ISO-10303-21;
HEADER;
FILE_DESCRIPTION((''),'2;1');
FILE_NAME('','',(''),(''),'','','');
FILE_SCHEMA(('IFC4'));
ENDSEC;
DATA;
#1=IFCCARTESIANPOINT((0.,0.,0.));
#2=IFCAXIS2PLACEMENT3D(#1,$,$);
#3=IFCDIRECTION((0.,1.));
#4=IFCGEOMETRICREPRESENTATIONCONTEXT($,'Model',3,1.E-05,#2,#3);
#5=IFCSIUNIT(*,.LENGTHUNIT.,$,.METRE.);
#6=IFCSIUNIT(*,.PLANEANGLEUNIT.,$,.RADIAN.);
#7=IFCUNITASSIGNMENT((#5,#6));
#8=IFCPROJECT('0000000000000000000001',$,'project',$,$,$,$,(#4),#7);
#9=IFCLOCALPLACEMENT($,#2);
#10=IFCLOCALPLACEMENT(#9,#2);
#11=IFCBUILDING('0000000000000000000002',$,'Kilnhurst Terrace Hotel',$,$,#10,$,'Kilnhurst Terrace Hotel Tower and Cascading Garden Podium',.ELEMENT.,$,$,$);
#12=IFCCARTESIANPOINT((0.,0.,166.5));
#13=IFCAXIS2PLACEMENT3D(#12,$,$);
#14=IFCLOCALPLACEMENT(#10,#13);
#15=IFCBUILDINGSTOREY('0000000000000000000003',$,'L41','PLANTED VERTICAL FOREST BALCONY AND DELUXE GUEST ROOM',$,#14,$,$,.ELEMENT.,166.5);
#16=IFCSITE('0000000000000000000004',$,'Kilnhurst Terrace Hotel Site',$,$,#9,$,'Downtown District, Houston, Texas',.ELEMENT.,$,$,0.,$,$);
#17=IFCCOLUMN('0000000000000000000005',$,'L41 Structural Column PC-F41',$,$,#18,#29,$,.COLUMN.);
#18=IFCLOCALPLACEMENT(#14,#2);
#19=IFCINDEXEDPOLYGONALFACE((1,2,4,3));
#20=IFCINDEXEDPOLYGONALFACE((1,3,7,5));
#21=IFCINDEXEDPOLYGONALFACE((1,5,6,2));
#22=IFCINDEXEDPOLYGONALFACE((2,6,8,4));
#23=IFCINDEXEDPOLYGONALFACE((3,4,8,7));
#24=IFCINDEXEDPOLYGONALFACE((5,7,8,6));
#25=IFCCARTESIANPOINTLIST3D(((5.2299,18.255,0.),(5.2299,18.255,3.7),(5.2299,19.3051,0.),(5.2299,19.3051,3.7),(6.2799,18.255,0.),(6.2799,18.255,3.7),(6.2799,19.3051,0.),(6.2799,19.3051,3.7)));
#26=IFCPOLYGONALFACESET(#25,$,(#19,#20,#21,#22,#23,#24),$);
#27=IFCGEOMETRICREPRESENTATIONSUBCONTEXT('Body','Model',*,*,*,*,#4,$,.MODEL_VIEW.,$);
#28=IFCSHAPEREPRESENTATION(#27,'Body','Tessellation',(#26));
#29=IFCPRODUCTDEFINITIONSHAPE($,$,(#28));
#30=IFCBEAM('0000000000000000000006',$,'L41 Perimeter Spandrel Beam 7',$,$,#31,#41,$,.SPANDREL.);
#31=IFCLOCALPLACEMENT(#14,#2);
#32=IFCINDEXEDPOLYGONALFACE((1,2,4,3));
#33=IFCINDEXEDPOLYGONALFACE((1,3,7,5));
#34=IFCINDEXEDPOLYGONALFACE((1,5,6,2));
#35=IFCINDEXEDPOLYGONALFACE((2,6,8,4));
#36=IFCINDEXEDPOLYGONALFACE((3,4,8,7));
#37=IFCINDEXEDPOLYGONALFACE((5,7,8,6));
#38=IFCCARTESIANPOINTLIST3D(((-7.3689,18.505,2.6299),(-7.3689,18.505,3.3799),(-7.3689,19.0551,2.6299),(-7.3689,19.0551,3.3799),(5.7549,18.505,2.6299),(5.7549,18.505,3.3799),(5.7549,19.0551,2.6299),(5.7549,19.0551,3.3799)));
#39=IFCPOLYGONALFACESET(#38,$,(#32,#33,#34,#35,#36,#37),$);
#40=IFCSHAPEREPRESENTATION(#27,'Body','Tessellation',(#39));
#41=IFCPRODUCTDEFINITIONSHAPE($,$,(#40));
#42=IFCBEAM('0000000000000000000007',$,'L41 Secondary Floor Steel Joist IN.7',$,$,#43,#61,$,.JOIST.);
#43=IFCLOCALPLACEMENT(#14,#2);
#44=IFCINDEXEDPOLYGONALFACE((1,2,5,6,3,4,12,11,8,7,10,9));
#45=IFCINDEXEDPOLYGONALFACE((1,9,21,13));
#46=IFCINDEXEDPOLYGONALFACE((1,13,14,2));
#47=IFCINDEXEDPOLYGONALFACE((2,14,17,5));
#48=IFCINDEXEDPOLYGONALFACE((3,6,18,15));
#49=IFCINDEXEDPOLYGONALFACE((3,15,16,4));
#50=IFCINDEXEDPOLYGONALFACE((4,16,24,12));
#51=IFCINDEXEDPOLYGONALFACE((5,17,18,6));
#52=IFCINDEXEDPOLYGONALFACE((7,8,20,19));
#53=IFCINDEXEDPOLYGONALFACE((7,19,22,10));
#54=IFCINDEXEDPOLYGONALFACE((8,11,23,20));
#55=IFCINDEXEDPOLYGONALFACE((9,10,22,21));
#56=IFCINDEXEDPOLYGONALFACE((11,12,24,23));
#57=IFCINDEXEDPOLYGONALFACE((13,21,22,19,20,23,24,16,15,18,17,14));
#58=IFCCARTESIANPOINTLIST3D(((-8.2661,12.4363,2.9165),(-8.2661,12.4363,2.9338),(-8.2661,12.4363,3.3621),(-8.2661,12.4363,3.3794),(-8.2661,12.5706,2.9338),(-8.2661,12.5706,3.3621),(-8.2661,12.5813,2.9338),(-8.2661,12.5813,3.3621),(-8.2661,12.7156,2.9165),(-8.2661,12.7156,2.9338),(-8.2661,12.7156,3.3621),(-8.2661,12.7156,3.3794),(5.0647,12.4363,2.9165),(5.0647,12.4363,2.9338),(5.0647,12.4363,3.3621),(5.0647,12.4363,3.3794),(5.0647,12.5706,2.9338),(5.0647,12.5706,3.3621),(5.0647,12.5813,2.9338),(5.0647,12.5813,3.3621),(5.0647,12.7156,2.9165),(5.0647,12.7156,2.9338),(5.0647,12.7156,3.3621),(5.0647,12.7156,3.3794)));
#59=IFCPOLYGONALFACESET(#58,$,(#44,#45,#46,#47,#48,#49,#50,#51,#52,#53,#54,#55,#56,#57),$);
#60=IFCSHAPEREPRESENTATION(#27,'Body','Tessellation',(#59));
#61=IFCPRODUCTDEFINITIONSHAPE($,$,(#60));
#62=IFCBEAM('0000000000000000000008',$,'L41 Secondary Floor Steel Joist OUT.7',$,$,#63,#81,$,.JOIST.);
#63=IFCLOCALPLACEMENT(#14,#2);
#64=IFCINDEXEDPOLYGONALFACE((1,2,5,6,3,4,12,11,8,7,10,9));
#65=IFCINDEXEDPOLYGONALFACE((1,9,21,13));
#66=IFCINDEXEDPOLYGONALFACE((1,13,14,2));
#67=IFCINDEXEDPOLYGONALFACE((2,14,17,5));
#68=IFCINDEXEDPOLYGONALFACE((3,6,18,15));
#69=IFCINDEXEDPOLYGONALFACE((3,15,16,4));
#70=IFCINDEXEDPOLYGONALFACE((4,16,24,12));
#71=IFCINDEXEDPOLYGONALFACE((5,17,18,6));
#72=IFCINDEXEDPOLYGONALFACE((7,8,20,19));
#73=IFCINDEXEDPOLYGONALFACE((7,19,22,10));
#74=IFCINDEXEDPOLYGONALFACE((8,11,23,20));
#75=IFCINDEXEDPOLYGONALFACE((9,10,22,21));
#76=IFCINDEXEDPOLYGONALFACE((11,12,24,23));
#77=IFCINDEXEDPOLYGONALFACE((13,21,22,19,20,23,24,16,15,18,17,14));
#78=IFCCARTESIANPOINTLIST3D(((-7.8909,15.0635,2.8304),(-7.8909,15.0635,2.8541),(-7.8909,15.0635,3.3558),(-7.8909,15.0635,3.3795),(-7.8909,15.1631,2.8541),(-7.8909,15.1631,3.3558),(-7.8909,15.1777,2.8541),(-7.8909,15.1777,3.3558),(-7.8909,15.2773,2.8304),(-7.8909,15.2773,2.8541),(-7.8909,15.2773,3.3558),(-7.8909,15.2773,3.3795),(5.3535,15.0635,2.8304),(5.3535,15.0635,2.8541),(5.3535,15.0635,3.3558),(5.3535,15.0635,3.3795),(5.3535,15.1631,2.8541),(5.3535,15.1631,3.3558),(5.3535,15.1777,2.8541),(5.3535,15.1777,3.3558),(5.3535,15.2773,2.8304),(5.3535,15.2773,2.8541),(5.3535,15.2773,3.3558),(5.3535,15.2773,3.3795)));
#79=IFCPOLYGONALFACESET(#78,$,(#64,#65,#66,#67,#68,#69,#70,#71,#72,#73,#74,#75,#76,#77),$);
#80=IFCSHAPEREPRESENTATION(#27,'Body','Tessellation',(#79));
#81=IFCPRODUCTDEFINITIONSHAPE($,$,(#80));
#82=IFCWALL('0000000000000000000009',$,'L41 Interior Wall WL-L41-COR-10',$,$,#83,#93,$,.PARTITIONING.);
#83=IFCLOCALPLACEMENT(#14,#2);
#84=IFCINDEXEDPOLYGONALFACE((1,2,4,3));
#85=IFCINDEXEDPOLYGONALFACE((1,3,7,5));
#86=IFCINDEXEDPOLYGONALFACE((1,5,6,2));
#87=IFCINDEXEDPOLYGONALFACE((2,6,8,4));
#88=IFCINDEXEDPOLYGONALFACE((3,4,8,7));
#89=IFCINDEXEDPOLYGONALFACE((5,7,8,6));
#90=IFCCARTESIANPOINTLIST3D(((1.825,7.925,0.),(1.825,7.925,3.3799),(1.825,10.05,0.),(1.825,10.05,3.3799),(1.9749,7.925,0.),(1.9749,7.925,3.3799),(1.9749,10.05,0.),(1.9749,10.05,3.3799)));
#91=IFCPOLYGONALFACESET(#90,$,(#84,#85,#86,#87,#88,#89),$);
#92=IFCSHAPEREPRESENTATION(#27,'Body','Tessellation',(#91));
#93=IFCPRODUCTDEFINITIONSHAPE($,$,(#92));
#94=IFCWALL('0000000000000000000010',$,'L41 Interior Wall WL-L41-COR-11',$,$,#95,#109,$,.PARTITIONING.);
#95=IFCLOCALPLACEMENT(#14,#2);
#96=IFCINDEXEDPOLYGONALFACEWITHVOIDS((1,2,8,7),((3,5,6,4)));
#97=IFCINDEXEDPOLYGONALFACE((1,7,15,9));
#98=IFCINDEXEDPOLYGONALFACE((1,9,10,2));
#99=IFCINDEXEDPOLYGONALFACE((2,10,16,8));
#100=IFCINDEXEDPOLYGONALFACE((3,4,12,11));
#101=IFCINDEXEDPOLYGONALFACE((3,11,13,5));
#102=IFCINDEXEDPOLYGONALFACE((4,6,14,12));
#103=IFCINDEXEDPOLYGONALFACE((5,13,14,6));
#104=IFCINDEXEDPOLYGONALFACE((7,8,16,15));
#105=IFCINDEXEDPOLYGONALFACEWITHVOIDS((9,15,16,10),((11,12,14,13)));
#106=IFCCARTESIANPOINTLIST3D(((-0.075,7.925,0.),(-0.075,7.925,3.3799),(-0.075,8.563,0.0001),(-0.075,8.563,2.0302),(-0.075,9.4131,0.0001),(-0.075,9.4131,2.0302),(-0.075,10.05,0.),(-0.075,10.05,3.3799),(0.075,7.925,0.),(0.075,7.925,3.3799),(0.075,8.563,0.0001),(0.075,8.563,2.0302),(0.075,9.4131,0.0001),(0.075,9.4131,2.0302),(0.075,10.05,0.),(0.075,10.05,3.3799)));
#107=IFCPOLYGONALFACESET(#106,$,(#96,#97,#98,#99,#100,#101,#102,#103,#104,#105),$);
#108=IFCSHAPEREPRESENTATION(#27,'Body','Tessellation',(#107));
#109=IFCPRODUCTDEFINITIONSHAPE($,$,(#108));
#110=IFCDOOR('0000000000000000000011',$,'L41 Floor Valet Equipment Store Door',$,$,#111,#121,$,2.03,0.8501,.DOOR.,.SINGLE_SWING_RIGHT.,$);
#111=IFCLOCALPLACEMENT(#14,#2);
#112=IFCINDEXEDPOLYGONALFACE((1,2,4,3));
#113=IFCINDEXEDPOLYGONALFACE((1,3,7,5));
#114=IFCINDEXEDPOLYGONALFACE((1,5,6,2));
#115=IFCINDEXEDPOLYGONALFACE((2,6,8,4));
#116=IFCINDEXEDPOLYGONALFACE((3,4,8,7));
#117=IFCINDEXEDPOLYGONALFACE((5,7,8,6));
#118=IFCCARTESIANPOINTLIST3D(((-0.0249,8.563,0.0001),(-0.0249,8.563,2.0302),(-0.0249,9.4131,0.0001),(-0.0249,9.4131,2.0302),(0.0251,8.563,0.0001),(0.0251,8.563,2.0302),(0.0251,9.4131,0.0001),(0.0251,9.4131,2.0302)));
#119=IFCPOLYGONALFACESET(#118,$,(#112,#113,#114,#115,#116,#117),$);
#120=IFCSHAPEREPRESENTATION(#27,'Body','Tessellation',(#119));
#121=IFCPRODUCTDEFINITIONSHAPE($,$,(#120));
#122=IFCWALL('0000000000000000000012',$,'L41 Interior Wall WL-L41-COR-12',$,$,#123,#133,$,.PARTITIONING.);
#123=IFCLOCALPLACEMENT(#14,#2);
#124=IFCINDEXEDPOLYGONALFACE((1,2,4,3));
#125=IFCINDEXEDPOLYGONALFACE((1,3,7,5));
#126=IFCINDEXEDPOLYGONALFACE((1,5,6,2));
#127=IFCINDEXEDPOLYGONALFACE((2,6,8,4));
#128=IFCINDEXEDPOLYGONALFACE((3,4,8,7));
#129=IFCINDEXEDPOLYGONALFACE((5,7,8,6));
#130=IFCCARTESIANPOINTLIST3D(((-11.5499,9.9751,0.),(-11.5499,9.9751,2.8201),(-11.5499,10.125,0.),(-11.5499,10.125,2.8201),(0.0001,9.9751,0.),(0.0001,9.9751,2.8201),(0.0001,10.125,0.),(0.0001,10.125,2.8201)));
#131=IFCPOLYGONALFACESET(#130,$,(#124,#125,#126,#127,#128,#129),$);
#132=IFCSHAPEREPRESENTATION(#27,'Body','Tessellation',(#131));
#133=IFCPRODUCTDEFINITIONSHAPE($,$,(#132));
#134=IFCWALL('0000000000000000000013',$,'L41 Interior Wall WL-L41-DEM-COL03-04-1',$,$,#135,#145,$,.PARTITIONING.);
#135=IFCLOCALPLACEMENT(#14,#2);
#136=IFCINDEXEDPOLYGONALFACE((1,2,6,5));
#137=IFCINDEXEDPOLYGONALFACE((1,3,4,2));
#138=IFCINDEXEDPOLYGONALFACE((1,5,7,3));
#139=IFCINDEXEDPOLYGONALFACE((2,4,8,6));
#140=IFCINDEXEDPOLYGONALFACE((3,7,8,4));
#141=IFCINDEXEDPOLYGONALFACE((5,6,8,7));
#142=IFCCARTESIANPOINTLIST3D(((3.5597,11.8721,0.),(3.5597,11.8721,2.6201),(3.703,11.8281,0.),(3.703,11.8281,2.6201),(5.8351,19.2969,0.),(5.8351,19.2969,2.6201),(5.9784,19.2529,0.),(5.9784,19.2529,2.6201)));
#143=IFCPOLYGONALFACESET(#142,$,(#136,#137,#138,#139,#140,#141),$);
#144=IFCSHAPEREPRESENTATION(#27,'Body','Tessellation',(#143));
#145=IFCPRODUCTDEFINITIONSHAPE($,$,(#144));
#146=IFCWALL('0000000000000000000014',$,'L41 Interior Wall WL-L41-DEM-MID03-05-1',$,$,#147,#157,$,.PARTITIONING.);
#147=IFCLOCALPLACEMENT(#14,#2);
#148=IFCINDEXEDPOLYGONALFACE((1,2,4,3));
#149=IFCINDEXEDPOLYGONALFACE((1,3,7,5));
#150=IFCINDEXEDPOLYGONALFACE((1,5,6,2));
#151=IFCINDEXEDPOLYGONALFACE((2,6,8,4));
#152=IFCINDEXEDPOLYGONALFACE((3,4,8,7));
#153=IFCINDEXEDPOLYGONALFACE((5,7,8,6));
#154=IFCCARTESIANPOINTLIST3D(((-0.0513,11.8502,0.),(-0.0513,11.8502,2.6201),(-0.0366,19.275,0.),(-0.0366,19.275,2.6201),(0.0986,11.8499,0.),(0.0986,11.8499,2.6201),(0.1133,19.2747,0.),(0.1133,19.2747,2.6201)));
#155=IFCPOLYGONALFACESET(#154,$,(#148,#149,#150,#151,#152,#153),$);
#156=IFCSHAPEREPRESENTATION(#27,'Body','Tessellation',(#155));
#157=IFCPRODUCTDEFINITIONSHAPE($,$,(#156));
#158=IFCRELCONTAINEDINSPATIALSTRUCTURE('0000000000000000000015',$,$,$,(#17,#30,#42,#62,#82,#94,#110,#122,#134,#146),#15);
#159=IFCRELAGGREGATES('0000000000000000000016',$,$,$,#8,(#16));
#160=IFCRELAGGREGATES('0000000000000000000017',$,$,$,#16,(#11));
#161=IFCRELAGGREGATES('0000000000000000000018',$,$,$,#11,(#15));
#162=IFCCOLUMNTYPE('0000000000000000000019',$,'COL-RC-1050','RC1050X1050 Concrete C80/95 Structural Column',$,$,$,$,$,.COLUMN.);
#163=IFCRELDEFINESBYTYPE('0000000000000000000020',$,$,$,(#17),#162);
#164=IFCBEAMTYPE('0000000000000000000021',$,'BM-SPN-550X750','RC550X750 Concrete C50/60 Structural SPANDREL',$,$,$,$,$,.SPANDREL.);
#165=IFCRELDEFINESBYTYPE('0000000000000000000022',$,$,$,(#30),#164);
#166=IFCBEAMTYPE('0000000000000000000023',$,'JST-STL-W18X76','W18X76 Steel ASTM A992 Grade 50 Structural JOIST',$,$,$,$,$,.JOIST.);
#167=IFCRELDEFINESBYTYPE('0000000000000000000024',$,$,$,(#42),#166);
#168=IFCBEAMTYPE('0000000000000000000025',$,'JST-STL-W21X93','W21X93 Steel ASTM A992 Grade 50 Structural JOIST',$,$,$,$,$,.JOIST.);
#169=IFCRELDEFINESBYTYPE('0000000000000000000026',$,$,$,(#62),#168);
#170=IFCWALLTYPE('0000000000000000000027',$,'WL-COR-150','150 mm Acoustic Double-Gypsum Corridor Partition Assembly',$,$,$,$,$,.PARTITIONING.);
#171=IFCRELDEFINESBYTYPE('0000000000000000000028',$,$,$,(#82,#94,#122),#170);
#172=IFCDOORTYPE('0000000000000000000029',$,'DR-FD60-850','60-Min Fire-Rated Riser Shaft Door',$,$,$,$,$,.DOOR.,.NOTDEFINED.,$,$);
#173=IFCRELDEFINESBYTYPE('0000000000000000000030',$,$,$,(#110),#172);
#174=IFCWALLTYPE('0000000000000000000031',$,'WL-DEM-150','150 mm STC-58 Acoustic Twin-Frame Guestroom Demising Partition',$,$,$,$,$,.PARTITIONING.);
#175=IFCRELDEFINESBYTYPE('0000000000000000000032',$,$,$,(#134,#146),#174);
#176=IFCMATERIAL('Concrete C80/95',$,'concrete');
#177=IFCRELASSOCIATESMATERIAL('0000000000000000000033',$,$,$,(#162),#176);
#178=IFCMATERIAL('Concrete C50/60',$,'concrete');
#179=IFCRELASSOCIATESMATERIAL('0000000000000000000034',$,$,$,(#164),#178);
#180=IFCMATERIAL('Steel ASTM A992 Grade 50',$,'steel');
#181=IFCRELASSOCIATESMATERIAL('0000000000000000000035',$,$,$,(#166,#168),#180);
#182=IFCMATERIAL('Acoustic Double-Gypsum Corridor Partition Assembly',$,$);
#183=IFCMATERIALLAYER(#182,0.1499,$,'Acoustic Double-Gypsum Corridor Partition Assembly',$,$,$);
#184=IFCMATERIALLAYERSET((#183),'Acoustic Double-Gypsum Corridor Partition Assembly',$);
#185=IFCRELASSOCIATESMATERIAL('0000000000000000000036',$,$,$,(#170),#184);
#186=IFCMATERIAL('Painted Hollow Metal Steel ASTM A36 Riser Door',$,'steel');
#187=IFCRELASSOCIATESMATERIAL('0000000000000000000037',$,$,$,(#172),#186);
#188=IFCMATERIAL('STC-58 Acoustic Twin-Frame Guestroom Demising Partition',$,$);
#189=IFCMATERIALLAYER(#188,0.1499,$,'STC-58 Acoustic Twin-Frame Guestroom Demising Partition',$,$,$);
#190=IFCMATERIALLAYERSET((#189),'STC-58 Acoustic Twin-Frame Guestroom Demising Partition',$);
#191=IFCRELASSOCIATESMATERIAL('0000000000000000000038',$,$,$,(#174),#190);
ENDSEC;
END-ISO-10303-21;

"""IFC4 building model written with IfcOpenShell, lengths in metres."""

from ifc_helpers import new_model, si_unit, direction, frame, frame_2d, origin, origin_2d, place, context, subcontext, project, spatial, rectangle, i_section, extrude, material, layer, layer_set, material_profile, profile_set, type_object, element, fill, save


model = new_model("IFC4")

# Units and contexts
model_context = context("Model", 3, precision=1e-05, world=origin(), true_north=direction((0.0, 1.0)))
body_context = subcontext(model_context, "Body", "Model", "MODEL_VIEW")
ifc_project = project(units=[si_unit("LENGTHUNIT", "METRE"), si_unit("PLANEANGLEUNIT", "RADIAN")], contexts=[model_context])

# Site, building, storey
site_placement = place(None, origin())
site = spatial("IfcSite", under=ifc_project, at=site_placement, Name="Kilnhurst Terrace Hotel Site", LongName="Downtown District, Houston, Texas", CompositionType="ELEMENT", RefElevation=0.0)
building_placement = place(site_placement, origin())
building = spatial("IfcBuilding", under=site, at=building_placement, Name="Kilnhurst Terrace Hotel", LongName="Kilnhurst Terrace Hotel Tower and Cascading Garden Podium", CompositionType="ELEMENT")
storey_placement = place(building_placement, frame((0.0, 0.0, 166.5)))
storey = spatial("IfcBuildingStorey", under=building, at=storey_placement, Name="L41", Description="PLANTED VERTICAL FOREST BALCONY AND DELUXE GUEST ROOM", CompositionType="ELEMENT", Elevation=166.5)

# Column
ifc_material_1 = material(Name="Concrete C80/95", Category="concrete")
ifc_material_profile_1 = material_profile(ifc_material_1, rectangle(XDim=1.05, YDim=1.05, at=origin_2d()), Name="RC1050X1050")
ifc_profile_set_1 = profile_set([ifc_material_profile_1], Name="Concrete C80/95")
column_type = type_object("IfcColumnType", Name="COL-RC-1050", Description="RC1050X1050 Concrete C80/95 Structural Column", PredefinedType="COLUMN", material=ifc_profile_set_1)
column_placement = place(storey_placement, frame((5.7549, 18.78, 0.0), z_axis=(0.0, 0.0, 1.0), x_axis=(1.0, 0.0, 0.0)))
element("IfcColumn", 1, at=column_placement, inside=storey, type_object=column_type, Name="L41 Structural Column PC-F41", PredefinedType="COLUMN", context=body_context, shape_type="SweptSolid", body=[
    extrude(rectangle(XDim=1.05, YDim=1.05, at=origin_2d()), origin(), (0.0, 0.0, 1.0), 3.7),
])

# Beams
ifc_material_2 = material(Name="Concrete C50/60", Category="concrete")
ifc_material_profile_2 = material_profile(ifc_material_2, rectangle(XDim=0.55, YDim=0.75, at=origin_2d()), Name="RC550X750")
ifc_profile_set_2 = profile_set([ifc_material_profile_2], Name="Concrete C50/60")
beam_type_1 = type_object("IfcBeamType", Name="BM-SPN-550X750", Description="RC550X750 Concrete C50/60 Structural SPANDREL", PredefinedType="SPANDREL", material=ifc_profile_set_2)
beam_1_placement = place(storey_placement, frame((5.7549, 18.78, 3.0049), z_axis=(-1.0, 0.0, 0.0), x_axis=(0.0, -1.0, 0.0)))
element("IfcBeam", 2, at=beam_1_placement, inside=storey, type_object=beam_type_1, Name="L41 Perimeter Spandrel Beam 7", PredefinedType="SPANDREL", context=body_context, shape_type="SweptSolid", body=[
    extrude(rectangle(XDim=0.55, YDim=0.75, at=origin_2d()), origin(), (0.0, 0.0, 1.0), 13.1238),
])
ifc_material_3 = material(Name="Steel ASTM A992 Grade 50", Category="steel")
ifc_material_profile_3 = material_profile(ifc_material_3, i_section(OverallWidth=0.2793, OverallDepth=0.4629, WebThickness=0.0107, FlangeThickness=0.0173, at=origin_2d()), Name="W18X76")
ifc_profile_set_3 = profile_set([ifc_material_profile_3], Name="Steel ASTM A992 Grade 50")
beam_type_2 = type_object("IfcBeamType", Name="JST-STL-W18X76", Description="W18X76 Steel ASTM A992 Grade 50 Structural JOIST", PredefinedType="JOIST", material=ifc_profile_set_3)
beam_2_placement = place(storey_placement, frame((5.0647, 12.5759, 3.1479), z_axis=(-1.0, 0.0, 0.0), x_axis=(0.0, -1.0, 0.0)))
element("IfcBeam", 3, at=beam_2_placement, inside=storey, type_object=beam_type_2, Name="L41 Secondary Floor Steel Joist IN.7", PredefinedType="JOIST", context=body_context, shape_type="SweptSolid", body=[
    extrude(i_section(OverallWidth=0.2793, OverallDepth=0.4629, WebThickness=0.0107, FlangeThickness=0.0173, at=origin_2d()), origin(), (0.0, 0.0, 1.0), 13.3308),
])
ifc_material_profile_4 = material_profile(ifc_material_3, i_section(OverallWidth=0.2139, OverallDepth=0.5491, WebThickness=0.0146, FlangeThickness=0.0237, at=origin_2d()), Name="W21X93")
ifc_profile_set_4 = profile_set([ifc_material_profile_4], Name="Steel ASTM A992 Grade 50")
beam_type_3 = type_object("IfcBeamType", Name="JST-STL-W21X93", Description="W21X93 Steel ASTM A992 Grade 50 Structural JOIST", PredefinedType="JOIST", material=ifc_profile_set_4)
beam_3_placement = place(storey_placement, frame((5.3535, 15.1704, 3.105), z_axis=(-1.0, 0.0, 0.0), x_axis=(0.0, -1.0, 0.0)))
element("IfcBeam", 4, at=beam_3_placement, inside=storey, type_object=beam_type_3, Name="L41 Secondary Floor Steel Joist OUT.7", PredefinedType="JOIST", context=body_context, shape_type="SweptSolid", body=[
    extrude(i_section(OverallWidth=0.2139, OverallDepth=0.5491, WebThickness=0.0146, FlangeThickness=0.0237, at=origin_2d()), origin(), (0.0, 0.0, 1.0), 13.2444),
])

# Wall
ifc_material_4 = material(Name="Acoustic Double-Gypsum Corridor Partition Assembly")
ifc_layer_1 = layer(ifc_material_4, 0.1499, Name="Acoustic Double-Gypsum Corridor Partition Assembly")
ifc_layer_set_1 = layer_set([ifc_layer_1], Name="Acoustic Double-Gypsum Corridor Partition Assembly")
wall_type_1 = type_object("IfcWallType", Name="WL-COR-150", Description="150 mm Acoustic Double-Gypsum Corridor Partition Assembly", PredefinedType="PARTITIONING", material=ifc_layer_set_1)
wall_1_placement = place(storey_placement, frame((1.8999, 10.05, 0.0), z_axis=(0.0, 0.0, 1.0), x_axis=(0.0, -1.0, 0.0)))
element("IfcWall", 5, at=wall_1_placement, inside=storey, type_object=wall_type_1, Name="L41 Interior Wall WL-L41-COR-10", PredefinedType="PARTITIONING", context=body_context, shape_type="SweptSolid", body=[
    extrude(rectangle(XDim=2.125, YDim=0.1499, at=frame_2d((1.0625, 0.0))), origin(), (0.0, 0.0, 1.0), 3.3799),
])

# Wall, opening, door
wall_2_placement = place(storey_placement, frame((0.0, 7.925, 0.0), z_axis=(0.0, 0.0, 1.0), x_axis=(0.0, 1.0, 0.0)))
wall_2 = element("IfcWall", 6, at=wall_2_placement, inside=storey, type_object=wall_type_1, Name="L41 Interior Wall WL-L41-COR-11", PredefinedType="PARTITIONING", context=body_context, shape_type="SweptSolid", body=[
    extrude(rectangle(XDim=2.125, YDim=0.1499, at=frame_2d((1.0625, 0.0))), origin(), (0.0, 0.0, 1.0), 3.3799),
])
opening_1_placement = place(wall_2_placement, frame((0.6379, 0.0, 0.0)))
opening_1 = element("IfcOpeningElement", 7, at=opening_1_placement, cuts=wall_2, PredefinedType="OPENING", context=body_context, shape_type="SweptSolid", body=[
    extrude(rectangle(XDim=0.8501, YDim=2.03, at=frame_2d((0.425, 1.0151))), frame((0.0, 0.085, 0.0), z_axis=(0.0, -1.0, 0.0), x_axis=(1.0, 0.0, 0.0)), (0.0, 0.0, 1.0), 0.1699),
])
ifc_material_5 = material(Name="Painted Hollow Metal Steel ASTM A36 Riser Door", Category="steel")
door_type_1 = type_object("IfcDoorType", Name="DR-FD60-850", Description="60-Min Fire-Rated Riser Shaft Door", OperationType="NOTDEFINED", PredefinedType="DOOR", material=ifc_material_5)
door_1_placement = place(opening_1_placement, origin())
door_1 = element("IfcDoor", 8, at=door_1_placement, inside=storey, type_object=door_type_1, Name="L41 Floor Valet Equipment Store Door", OperationType="SINGLE_SWING_RIGHT", OverallHeight=2.03, OverallWidth=0.8501, PredefinedType="DOOR", context=body_context, shape_type="SweptSolid", body=[
    extrude(rectangle(XDim=0.8501, YDim=2.03, at=frame_2d((0.425, 1.0151))), frame((0.0, 0.0249, 0.0), z_axis=(0.0, -1.0, 0.0), x_axis=(1.0, 0.0, 0.0)), (0.0, 0.0, 1.0), 0.05),
])
fill(opening_1, door_1)

# Walls
wall_3_placement = place(storey_placement, frame((0.0, 10.05, 0.0), z_axis=(0.0, 0.0, 1.0), x_axis=(-1.0, 0.0, 0.0)))
element("IfcWall", 9, at=wall_3_placement, inside=storey, type_object=wall_type_1, Name="L41 Interior Wall WL-L41-COR-12", PredefinedType="PARTITIONING", context=body_context, shape_type="SweptSolid", body=[
    extrude(rectangle(XDim=11.55, YDim=0.1499, at=frame_2d((5.7749, 0.0))), origin(), (0.0, 0.0, 1.0), 2.8201),
])
ifc_material_6 = material(Name="STC-58 Acoustic Twin-Frame Guestroom Demising Partition")
ifc_layer_2 = layer(ifc_material_6, 0.1499, Name="STC-58 Acoustic Twin-Frame Guestroom Demising Partition")
ifc_layer_set_2 = layer_set([ifc_layer_2], Name="STC-58 Acoustic Twin-Frame Guestroom Demising Partition")
wall_type_2 = type_object("IfcWallType", Name="WL-DEM-150", Description="150 mm STC-58 Acoustic Twin-Frame Guestroom Demising Partition", PredefinedType="PARTITIONING", material=ifc_layer_set_2)
wall_4_placement = place(storey_placement, frame((3.6313, 11.8501, 0.0), z_axis=(0.0, 0.0, 1.0), x_axis=(0.293008, 0.95611, 0.0)))
element("IfcWall", 10, at=wall_4_placement, inside=storey, type_object=wall_type_2, Name="L41 Interior Wall WL-L41-DEM-COL03-04-1", PredefinedType="PARTITIONING", context=body_context, shape_type="SweptSolid", body=[
    extrude(rectangle(XDim=7.7656, YDim=0.1499, at=frame_2d((3.8828, 0.0))), origin(), (0.0, 0.0, 1.0), 2.6201),
])
wall_5_placement = place(storey_placement, frame((0.0237, 11.8501, 0.0), z_axis=(0.0, 0.0, 1.0), x_axis=(0.001973, 0.999998, 0.0)))
element("IfcWall", 11, at=wall_5_placement, inside=storey, type_object=wall_type_2, Name="L41 Interior Wall WL-L41-DEM-MID03-05-1", PredefinedType="PARTITIONING", context=body_context, shape_type="SweptSolid", body=[
    extrude(rectangle(XDim=7.4248, YDim=0.1499, at=frame_2d((3.7124, 0.0))), origin(), (0.0, 0.0, 1.0), 2.6201),
])

save(model, "model.ifc")
